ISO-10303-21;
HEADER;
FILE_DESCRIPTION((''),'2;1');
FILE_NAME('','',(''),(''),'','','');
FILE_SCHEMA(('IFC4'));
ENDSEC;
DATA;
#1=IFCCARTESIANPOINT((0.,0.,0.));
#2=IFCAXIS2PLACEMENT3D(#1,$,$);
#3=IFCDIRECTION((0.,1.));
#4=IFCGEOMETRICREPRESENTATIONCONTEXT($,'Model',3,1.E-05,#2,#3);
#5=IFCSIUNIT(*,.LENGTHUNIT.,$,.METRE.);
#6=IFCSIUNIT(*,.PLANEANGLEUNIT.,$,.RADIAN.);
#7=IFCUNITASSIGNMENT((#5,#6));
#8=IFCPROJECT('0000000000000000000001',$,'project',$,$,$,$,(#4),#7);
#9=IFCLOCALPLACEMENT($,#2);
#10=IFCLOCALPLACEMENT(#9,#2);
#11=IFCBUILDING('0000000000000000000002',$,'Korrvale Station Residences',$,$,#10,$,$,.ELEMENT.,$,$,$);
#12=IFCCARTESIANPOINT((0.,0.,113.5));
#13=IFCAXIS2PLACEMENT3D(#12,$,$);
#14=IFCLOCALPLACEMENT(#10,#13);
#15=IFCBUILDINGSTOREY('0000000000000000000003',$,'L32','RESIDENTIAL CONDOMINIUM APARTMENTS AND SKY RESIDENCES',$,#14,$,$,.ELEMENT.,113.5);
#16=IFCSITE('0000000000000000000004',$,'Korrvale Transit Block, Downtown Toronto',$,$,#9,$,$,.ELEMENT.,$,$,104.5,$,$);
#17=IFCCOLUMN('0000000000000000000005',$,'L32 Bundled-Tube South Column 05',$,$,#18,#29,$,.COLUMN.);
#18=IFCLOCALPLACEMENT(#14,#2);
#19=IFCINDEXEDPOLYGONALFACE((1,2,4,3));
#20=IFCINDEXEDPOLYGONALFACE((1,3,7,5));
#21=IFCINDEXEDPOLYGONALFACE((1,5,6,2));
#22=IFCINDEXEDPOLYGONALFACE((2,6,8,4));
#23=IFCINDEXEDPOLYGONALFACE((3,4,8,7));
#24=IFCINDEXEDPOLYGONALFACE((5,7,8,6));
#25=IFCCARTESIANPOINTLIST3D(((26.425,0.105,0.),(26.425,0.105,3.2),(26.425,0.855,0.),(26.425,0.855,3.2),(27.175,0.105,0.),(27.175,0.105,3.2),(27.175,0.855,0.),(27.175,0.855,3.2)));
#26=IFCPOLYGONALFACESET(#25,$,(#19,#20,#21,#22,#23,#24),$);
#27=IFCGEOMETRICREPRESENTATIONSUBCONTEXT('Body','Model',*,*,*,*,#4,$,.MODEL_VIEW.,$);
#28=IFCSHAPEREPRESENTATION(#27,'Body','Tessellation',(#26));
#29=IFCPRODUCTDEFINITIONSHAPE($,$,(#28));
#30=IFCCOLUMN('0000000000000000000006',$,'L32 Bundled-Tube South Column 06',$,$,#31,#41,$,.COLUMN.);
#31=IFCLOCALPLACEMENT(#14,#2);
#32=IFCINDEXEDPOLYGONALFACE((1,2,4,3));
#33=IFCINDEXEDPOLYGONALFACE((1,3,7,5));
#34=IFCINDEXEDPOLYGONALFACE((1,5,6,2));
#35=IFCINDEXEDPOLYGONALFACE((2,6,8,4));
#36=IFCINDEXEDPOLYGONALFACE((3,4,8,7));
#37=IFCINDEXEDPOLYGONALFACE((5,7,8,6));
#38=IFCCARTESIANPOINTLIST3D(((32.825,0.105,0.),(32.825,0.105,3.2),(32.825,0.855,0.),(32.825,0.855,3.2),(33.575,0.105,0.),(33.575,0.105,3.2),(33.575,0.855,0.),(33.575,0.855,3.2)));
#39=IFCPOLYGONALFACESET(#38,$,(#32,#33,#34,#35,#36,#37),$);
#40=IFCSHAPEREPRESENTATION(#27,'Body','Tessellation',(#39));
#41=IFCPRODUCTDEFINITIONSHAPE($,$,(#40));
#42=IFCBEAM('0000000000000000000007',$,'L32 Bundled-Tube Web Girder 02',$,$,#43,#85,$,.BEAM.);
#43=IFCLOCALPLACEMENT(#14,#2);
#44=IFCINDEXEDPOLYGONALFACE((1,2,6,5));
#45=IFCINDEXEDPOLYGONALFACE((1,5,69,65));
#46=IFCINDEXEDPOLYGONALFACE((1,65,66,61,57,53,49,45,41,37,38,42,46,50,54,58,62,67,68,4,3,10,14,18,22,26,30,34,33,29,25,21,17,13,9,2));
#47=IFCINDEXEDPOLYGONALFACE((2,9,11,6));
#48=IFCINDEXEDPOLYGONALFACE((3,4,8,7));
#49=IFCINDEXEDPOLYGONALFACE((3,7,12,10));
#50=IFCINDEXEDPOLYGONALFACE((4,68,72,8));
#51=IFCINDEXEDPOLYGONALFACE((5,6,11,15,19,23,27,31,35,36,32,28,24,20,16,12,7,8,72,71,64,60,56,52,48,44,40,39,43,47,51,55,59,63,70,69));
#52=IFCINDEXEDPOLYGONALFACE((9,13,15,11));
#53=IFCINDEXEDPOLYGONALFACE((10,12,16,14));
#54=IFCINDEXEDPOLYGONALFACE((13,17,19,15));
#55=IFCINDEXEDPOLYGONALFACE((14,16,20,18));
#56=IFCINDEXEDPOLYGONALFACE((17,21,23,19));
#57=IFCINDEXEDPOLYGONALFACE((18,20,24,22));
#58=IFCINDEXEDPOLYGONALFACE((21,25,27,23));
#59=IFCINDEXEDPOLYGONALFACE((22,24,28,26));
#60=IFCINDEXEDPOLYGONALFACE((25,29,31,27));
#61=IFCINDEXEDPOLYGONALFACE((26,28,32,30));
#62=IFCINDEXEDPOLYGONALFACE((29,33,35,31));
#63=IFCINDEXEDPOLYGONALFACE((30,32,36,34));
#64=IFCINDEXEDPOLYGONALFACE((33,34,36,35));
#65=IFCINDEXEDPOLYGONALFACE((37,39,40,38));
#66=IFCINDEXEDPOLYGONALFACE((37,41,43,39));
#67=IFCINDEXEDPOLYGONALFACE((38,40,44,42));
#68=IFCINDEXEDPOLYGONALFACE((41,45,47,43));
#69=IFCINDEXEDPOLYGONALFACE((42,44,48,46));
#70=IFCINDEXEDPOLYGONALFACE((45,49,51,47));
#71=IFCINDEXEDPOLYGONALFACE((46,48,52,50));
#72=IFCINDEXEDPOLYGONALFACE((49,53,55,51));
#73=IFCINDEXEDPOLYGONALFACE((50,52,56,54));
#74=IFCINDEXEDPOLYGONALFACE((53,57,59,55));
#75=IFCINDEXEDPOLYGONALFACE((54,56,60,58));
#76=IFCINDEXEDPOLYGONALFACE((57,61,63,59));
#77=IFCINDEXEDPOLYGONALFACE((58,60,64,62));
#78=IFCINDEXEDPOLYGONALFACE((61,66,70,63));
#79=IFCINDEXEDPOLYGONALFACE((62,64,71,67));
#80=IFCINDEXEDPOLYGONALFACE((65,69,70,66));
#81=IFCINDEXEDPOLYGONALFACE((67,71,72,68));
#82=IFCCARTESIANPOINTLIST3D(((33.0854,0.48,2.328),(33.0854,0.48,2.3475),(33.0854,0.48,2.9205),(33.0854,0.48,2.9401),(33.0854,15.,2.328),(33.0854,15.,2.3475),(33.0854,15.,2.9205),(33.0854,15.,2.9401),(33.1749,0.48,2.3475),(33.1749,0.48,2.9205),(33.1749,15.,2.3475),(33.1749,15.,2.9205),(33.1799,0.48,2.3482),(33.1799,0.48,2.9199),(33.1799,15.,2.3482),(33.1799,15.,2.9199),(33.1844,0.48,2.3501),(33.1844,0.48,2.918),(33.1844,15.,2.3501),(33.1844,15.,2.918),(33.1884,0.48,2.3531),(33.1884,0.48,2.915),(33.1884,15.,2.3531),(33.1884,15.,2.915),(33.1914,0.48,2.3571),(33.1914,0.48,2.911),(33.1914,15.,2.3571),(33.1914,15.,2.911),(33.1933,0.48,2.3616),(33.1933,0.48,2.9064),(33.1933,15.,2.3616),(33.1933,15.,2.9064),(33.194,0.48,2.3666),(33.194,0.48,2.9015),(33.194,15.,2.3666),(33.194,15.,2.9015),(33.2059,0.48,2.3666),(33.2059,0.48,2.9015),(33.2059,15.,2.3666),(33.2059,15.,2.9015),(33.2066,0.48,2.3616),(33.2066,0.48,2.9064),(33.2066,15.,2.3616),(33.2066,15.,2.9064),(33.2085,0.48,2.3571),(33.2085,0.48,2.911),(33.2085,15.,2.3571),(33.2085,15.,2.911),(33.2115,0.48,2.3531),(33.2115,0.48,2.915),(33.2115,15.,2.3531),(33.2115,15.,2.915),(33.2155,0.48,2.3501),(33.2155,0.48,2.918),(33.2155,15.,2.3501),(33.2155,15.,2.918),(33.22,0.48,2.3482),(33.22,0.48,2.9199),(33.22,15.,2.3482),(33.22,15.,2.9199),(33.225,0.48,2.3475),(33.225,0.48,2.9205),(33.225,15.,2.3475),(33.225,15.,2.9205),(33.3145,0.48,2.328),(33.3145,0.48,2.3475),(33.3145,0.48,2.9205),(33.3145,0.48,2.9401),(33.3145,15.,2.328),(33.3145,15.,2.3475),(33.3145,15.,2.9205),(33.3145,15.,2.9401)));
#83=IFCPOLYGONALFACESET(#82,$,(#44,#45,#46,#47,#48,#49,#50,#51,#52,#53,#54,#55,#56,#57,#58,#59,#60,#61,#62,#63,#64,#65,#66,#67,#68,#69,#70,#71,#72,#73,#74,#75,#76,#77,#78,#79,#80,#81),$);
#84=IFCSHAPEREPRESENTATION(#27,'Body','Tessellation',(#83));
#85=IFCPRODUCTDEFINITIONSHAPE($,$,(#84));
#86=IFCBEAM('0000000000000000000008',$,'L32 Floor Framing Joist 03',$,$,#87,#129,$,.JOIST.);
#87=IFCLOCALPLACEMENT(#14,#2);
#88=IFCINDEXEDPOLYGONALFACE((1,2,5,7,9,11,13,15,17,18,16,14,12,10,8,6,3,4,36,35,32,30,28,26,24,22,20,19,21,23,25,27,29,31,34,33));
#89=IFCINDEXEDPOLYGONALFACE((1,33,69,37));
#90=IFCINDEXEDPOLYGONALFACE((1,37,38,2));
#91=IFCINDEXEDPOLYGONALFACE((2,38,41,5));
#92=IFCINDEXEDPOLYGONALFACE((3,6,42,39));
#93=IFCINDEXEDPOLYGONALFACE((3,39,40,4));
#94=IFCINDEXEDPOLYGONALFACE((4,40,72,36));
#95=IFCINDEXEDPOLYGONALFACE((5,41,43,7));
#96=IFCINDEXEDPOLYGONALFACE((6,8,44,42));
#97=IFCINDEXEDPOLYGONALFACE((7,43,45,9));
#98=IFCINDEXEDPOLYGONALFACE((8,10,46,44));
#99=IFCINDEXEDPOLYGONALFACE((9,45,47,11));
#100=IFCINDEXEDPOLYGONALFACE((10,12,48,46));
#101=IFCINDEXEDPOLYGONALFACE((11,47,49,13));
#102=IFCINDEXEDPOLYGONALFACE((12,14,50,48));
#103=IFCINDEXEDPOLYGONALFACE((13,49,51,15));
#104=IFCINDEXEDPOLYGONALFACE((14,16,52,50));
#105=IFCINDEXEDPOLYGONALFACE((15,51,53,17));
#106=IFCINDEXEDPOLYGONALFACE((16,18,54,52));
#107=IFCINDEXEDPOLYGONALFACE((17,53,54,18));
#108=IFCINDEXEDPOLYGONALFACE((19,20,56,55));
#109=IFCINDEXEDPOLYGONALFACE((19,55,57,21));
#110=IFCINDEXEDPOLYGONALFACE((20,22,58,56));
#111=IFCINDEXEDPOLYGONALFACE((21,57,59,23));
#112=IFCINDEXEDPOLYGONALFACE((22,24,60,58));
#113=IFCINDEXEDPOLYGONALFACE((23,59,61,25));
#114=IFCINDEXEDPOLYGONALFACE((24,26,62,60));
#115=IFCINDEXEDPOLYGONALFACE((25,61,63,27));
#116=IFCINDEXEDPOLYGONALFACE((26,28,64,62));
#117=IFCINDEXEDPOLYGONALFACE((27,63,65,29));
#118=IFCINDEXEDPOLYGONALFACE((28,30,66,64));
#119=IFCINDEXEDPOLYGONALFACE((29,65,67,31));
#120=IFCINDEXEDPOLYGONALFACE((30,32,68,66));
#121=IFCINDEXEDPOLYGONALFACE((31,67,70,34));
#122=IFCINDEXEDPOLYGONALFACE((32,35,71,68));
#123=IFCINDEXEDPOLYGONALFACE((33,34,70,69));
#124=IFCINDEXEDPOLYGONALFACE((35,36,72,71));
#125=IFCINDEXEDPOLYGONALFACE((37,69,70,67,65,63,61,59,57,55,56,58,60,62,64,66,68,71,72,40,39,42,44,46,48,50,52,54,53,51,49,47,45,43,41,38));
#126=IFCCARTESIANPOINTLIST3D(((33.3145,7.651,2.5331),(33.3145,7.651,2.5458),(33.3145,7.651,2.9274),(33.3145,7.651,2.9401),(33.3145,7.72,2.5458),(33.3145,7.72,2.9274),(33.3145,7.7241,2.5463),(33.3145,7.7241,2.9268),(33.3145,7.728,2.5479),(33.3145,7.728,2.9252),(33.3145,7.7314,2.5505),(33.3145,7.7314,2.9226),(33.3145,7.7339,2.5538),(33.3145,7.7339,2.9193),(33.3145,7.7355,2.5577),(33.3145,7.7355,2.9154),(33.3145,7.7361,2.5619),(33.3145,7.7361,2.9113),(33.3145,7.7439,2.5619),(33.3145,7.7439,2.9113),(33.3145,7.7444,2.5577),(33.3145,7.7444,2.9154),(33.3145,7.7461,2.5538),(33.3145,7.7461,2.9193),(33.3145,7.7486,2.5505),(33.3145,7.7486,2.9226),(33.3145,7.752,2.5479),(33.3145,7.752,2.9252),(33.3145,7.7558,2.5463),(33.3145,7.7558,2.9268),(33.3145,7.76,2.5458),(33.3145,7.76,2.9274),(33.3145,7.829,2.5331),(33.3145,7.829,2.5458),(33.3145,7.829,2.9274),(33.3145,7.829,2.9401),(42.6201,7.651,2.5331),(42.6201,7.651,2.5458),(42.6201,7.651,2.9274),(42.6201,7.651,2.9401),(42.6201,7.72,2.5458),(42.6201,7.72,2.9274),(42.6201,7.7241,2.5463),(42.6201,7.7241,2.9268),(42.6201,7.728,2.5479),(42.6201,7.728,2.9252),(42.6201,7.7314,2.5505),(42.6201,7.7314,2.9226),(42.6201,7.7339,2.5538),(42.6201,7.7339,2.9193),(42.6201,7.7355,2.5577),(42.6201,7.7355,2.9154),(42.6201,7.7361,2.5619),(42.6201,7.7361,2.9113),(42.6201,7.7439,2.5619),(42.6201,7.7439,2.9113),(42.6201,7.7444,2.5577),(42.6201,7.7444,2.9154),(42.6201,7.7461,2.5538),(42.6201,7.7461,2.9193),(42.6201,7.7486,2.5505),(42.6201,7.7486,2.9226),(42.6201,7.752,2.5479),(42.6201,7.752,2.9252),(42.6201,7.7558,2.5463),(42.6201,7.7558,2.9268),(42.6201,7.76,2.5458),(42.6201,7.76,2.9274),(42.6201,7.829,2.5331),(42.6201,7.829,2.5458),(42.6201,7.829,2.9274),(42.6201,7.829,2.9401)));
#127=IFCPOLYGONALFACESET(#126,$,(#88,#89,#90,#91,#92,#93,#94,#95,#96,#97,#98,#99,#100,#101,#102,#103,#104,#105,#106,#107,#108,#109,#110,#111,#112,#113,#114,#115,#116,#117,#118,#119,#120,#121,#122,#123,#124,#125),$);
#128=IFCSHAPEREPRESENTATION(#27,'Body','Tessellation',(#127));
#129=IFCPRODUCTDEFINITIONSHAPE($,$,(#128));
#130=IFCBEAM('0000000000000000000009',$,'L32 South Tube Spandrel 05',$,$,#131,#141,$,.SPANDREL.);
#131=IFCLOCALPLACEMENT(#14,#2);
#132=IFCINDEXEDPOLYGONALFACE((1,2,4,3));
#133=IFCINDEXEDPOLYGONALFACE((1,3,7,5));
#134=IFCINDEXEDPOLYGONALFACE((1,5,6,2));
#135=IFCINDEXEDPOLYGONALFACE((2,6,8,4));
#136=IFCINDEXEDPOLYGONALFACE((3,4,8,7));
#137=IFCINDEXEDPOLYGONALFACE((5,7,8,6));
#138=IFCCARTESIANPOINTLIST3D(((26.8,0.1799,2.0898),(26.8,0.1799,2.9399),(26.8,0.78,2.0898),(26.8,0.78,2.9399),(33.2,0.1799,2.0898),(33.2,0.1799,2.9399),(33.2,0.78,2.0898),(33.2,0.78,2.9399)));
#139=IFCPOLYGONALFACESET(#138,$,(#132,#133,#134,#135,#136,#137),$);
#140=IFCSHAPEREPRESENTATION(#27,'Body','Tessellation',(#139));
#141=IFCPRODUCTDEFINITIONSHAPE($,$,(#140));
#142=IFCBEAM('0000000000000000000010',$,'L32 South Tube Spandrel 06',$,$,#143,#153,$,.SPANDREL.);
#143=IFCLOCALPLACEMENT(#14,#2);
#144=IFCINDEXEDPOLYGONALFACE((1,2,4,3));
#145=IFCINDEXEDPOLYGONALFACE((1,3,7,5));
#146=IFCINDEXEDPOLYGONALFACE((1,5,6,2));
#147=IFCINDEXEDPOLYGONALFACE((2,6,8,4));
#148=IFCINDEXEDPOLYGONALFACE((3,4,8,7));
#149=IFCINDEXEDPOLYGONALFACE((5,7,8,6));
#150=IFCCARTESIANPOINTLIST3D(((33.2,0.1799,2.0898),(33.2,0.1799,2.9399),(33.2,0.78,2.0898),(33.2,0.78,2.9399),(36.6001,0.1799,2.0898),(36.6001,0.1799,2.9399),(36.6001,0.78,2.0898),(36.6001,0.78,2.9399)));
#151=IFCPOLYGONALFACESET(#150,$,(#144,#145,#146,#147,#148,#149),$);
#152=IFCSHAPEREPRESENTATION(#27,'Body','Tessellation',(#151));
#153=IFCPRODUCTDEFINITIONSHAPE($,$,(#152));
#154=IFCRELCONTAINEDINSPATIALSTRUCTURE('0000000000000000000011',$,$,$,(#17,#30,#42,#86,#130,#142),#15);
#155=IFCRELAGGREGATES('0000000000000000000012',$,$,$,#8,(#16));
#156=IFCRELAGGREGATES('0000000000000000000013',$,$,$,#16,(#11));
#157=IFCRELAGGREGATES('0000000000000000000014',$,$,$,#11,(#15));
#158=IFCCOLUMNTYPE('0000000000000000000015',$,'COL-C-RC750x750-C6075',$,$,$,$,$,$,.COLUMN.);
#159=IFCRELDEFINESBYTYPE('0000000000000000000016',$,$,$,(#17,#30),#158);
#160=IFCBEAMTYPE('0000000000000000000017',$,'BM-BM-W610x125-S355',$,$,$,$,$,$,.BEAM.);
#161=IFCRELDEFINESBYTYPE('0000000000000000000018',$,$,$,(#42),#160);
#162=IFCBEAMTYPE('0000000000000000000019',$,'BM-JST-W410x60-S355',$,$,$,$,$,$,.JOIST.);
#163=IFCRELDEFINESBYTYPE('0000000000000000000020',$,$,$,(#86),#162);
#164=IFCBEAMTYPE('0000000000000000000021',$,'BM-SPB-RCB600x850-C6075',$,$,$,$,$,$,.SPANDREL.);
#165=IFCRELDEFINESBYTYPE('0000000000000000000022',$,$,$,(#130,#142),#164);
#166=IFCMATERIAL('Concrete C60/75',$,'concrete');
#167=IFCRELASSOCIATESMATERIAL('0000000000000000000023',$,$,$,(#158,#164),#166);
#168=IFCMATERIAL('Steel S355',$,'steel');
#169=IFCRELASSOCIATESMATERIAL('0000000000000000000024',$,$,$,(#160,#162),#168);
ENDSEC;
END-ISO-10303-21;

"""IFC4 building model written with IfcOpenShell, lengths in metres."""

from ifc_helpers import new_model, si_unit, direction, frame, origin, origin_2d, place, context, subcontext, project, spatial, rectangle, i_section, extrude, material, material_profile, profile_set, type_object, element, save


model = new_model("IFC4")

# Units and contexts
model_context = context("Model", 3, precision=1e-05, world=origin(), true_north=direction((0.0, 1.0)))
body_context = subcontext(model_context, "Body", "Model", "MODEL_VIEW")
ifc_project = project(units=[si_unit("LENGTHUNIT", "METRE"), si_unit("PLANEANGLEUNIT", "RADIAN")], contexts=[model_context])

# Site, building, storey
site_placement = place(None, origin())
site = spatial("IfcSite", under=ifc_project, at=site_placement, Name="Korrvale Transit Block, Downtown Toronto", CompositionType="ELEMENT", RefElevation=104.5)
building_placement = place(site_placement, origin())
building = spatial("IfcBuilding", under=site, at=building_placement, Name="Korrvale Station Residences", CompositionType="ELEMENT")
storey_placement = place(building_placement, frame((0.0, 0.0, 113.5)))
storey = spatial("IfcBuildingStorey", under=building, at=storey_placement, Name="L32", Description="RESIDENTIAL CONDOMINIUM APARTMENTS AND SKY RESIDENCES", CompositionType="ELEMENT", Elevation=113.5)

# Columns
ifc_material_1 = material(Name="Concrete C60/75", Category="concrete")
ifc_material_profile_1 = material_profile(ifc_material_1, rectangle(XDim=0.75, YDim=0.75, at=origin_2d()), Name="RC750x750")
ifc_profile_set_1 = profile_set([ifc_material_profile_1], Name="Concrete C60/75")
column_type = type_object("IfcColumnType", Name="COL-C-RC750x750-C6075", PredefinedType="COLUMN", material=ifc_profile_set_1)
for number, where, z_axis, x_axis, name in (
    (1, (26.8, 0.48, 0.0), (0.0, 0.0, 1.0), (1.0, 0.0, 0.0), "L32 Bundled-Tube South Column 05"),
    (2, (33.2, 0.48, 0.0), (0.0, 0.0, 1.0), (1.0, 0.0, 0.0), "L32 Bundled-Tube South Column 06"),
):
    element("IfcColumn", number, at=place(storey_placement, frame(where, z_axis=z_axis, x_axis=x_axis)), inside=storey, type_object=column_type, Name=name, PredefinedType="COLUMN", context=body_context, shape_type="SweptSolid", body=[
        extrude(rectangle(XDim=0.75, YDim=0.75, at=origin_2d()), origin(), (0.0, 0.0, 1.0), 3.2),
    ])

# Beams
ifc_material_2 = material(Name="Steel S355", Category="steel")
ifc_material_profile_2 = material_profile(ifc_material_2, i_section(OverallWidth=0.229, OverallDepth=0.6121, WebThickness=0.012, FlangeThickness=0.0195, FilletRadius=0.019, at=origin_2d()), Name="W610x125")
ifc_profile_set_2 = profile_set([ifc_material_profile_2], Name="Steel S355")
beam_type_1 = type_object("IfcBeamType", Name="BM-BM-W610x125-S355", PredefinedType="BEAM", material=ifc_profile_set_2)
beam_1_placement = place(storey_placement, frame((33.2, 0.48, 2.634), z_axis=(0.0, 1.0, 0.0), x_axis=(-1.0, 0.0, 0.0)))
element("IfcBeam", 3, at=beam_1_placement, inside=storey, type_object=beam_type_1, Name="L32 Bundled-Tube Web Girder 02", PredefinedType="BEAM", context=body_context, shape_type="SweptSolid", body=[
    extrude(i_section(OverallWidth=0.229, OverallDepth=0.6121, WebThickness=0.012, FlangeThickness=0.0195, FilletRadius=0.019, at=origin_2d()), origin(), (0.0, 0.0, 1.0), 14.52),
])
ifc_material_profile_3 = material_profile(ifc_material_2, i_section(OverallWidth=0.178, OverallDepth=0.407, WebThickness=0.0078, FlangeThickness=0.0127, FilletRadius=0.0161, at=origin_2d()), Name="W410x60")
ifc_profile_set_3 = profile_set([ifc_material_profile_3], Name="Steel S355")
beam_type_2 = type_object("IfcBeamType", Name="BM-JST-W410x60-S355", PredefinedType="JOIST", material=ifc_profile_set_3)
beam_2_placement = place(storey_placement, frame((33.3145, 7.74, 2.7366), z_axis=(1.0, 0.0, 0.0), x_axis=(0.0, 1.0, 0.0)))
element("IfcBeam", 4, at=beam_2_placement, inside=storey, type_object=beam_type_2, Name="L32 Floor Framing Joist 03", PredefinedType="JOIST", context=body_context, shape_type="SweptSolid", body=[
    extrude(i_section(OverallWidth=0.178, OverallDepth=0.407, WebThickness=0.0078, FlangeThickness=0.0127, FilletRadius=0.0161, at=origin_2d()), origin(), (0.0, 0.0, 1.0), 9.3057),
])
ifc_material_profile_4 = material_profile(ifc_material_1, rectangle(XDim=0.6001, YDim=0.8501, at=origin_2d()), Name="RCB600x850")
ifc_profile_set_4 = profile_set([ifc_material_profile_4], Name="Concrete C60/75")
beam_type_3 = type_object("IfcBeamType", Name="BM-SPB-RCB600x850-C6075", PredefinedType="SPANDREL", material=ifc_profile_set_4)
beam_3_placement = place(storey_placement, frame((26.8, 0.48, 2.5149), z_axis=(1.0, 0.0, 0.0), x_axis=(0.0, 1.0, 0.0)))
element("IfcBeam", 5, at=beam_3_placement, inside=storey, type_object=beam_type_3, Name="L32 South Tube Spandrel 05", PredefinedType="SPANDREL", context=body_context, shape_type="SweptSolid", body=[
    extrude(rectangle(XDim=0.6001, YDim=0.8501, at=origin_2d()), origin(), (0.0, 0.0, 1.0), 6.3999),
])
beam_4_placement = place(storey_placement, frame((33.2, 0.48, 2.5149), z_axis=(1.0, 0.0, 0.0), x_axis=(0.0, 1.0, 0.0)))
element("IfcBeam", 6, at=beam_4_placement, inside=storey, type_object=beam_type_3, Name="L32 South Tube Spandrel 06", PredefinedType="SPANDREL", context=body_context, shape_type="SweptSolid", body=[
    extrude(rectangle(XDim=0.6001, YDim=0.8501, at=origin_2d()), origin(), (0.0, 0.0, 1.0), 3.4001),
])

save(model, "model.ifc")
